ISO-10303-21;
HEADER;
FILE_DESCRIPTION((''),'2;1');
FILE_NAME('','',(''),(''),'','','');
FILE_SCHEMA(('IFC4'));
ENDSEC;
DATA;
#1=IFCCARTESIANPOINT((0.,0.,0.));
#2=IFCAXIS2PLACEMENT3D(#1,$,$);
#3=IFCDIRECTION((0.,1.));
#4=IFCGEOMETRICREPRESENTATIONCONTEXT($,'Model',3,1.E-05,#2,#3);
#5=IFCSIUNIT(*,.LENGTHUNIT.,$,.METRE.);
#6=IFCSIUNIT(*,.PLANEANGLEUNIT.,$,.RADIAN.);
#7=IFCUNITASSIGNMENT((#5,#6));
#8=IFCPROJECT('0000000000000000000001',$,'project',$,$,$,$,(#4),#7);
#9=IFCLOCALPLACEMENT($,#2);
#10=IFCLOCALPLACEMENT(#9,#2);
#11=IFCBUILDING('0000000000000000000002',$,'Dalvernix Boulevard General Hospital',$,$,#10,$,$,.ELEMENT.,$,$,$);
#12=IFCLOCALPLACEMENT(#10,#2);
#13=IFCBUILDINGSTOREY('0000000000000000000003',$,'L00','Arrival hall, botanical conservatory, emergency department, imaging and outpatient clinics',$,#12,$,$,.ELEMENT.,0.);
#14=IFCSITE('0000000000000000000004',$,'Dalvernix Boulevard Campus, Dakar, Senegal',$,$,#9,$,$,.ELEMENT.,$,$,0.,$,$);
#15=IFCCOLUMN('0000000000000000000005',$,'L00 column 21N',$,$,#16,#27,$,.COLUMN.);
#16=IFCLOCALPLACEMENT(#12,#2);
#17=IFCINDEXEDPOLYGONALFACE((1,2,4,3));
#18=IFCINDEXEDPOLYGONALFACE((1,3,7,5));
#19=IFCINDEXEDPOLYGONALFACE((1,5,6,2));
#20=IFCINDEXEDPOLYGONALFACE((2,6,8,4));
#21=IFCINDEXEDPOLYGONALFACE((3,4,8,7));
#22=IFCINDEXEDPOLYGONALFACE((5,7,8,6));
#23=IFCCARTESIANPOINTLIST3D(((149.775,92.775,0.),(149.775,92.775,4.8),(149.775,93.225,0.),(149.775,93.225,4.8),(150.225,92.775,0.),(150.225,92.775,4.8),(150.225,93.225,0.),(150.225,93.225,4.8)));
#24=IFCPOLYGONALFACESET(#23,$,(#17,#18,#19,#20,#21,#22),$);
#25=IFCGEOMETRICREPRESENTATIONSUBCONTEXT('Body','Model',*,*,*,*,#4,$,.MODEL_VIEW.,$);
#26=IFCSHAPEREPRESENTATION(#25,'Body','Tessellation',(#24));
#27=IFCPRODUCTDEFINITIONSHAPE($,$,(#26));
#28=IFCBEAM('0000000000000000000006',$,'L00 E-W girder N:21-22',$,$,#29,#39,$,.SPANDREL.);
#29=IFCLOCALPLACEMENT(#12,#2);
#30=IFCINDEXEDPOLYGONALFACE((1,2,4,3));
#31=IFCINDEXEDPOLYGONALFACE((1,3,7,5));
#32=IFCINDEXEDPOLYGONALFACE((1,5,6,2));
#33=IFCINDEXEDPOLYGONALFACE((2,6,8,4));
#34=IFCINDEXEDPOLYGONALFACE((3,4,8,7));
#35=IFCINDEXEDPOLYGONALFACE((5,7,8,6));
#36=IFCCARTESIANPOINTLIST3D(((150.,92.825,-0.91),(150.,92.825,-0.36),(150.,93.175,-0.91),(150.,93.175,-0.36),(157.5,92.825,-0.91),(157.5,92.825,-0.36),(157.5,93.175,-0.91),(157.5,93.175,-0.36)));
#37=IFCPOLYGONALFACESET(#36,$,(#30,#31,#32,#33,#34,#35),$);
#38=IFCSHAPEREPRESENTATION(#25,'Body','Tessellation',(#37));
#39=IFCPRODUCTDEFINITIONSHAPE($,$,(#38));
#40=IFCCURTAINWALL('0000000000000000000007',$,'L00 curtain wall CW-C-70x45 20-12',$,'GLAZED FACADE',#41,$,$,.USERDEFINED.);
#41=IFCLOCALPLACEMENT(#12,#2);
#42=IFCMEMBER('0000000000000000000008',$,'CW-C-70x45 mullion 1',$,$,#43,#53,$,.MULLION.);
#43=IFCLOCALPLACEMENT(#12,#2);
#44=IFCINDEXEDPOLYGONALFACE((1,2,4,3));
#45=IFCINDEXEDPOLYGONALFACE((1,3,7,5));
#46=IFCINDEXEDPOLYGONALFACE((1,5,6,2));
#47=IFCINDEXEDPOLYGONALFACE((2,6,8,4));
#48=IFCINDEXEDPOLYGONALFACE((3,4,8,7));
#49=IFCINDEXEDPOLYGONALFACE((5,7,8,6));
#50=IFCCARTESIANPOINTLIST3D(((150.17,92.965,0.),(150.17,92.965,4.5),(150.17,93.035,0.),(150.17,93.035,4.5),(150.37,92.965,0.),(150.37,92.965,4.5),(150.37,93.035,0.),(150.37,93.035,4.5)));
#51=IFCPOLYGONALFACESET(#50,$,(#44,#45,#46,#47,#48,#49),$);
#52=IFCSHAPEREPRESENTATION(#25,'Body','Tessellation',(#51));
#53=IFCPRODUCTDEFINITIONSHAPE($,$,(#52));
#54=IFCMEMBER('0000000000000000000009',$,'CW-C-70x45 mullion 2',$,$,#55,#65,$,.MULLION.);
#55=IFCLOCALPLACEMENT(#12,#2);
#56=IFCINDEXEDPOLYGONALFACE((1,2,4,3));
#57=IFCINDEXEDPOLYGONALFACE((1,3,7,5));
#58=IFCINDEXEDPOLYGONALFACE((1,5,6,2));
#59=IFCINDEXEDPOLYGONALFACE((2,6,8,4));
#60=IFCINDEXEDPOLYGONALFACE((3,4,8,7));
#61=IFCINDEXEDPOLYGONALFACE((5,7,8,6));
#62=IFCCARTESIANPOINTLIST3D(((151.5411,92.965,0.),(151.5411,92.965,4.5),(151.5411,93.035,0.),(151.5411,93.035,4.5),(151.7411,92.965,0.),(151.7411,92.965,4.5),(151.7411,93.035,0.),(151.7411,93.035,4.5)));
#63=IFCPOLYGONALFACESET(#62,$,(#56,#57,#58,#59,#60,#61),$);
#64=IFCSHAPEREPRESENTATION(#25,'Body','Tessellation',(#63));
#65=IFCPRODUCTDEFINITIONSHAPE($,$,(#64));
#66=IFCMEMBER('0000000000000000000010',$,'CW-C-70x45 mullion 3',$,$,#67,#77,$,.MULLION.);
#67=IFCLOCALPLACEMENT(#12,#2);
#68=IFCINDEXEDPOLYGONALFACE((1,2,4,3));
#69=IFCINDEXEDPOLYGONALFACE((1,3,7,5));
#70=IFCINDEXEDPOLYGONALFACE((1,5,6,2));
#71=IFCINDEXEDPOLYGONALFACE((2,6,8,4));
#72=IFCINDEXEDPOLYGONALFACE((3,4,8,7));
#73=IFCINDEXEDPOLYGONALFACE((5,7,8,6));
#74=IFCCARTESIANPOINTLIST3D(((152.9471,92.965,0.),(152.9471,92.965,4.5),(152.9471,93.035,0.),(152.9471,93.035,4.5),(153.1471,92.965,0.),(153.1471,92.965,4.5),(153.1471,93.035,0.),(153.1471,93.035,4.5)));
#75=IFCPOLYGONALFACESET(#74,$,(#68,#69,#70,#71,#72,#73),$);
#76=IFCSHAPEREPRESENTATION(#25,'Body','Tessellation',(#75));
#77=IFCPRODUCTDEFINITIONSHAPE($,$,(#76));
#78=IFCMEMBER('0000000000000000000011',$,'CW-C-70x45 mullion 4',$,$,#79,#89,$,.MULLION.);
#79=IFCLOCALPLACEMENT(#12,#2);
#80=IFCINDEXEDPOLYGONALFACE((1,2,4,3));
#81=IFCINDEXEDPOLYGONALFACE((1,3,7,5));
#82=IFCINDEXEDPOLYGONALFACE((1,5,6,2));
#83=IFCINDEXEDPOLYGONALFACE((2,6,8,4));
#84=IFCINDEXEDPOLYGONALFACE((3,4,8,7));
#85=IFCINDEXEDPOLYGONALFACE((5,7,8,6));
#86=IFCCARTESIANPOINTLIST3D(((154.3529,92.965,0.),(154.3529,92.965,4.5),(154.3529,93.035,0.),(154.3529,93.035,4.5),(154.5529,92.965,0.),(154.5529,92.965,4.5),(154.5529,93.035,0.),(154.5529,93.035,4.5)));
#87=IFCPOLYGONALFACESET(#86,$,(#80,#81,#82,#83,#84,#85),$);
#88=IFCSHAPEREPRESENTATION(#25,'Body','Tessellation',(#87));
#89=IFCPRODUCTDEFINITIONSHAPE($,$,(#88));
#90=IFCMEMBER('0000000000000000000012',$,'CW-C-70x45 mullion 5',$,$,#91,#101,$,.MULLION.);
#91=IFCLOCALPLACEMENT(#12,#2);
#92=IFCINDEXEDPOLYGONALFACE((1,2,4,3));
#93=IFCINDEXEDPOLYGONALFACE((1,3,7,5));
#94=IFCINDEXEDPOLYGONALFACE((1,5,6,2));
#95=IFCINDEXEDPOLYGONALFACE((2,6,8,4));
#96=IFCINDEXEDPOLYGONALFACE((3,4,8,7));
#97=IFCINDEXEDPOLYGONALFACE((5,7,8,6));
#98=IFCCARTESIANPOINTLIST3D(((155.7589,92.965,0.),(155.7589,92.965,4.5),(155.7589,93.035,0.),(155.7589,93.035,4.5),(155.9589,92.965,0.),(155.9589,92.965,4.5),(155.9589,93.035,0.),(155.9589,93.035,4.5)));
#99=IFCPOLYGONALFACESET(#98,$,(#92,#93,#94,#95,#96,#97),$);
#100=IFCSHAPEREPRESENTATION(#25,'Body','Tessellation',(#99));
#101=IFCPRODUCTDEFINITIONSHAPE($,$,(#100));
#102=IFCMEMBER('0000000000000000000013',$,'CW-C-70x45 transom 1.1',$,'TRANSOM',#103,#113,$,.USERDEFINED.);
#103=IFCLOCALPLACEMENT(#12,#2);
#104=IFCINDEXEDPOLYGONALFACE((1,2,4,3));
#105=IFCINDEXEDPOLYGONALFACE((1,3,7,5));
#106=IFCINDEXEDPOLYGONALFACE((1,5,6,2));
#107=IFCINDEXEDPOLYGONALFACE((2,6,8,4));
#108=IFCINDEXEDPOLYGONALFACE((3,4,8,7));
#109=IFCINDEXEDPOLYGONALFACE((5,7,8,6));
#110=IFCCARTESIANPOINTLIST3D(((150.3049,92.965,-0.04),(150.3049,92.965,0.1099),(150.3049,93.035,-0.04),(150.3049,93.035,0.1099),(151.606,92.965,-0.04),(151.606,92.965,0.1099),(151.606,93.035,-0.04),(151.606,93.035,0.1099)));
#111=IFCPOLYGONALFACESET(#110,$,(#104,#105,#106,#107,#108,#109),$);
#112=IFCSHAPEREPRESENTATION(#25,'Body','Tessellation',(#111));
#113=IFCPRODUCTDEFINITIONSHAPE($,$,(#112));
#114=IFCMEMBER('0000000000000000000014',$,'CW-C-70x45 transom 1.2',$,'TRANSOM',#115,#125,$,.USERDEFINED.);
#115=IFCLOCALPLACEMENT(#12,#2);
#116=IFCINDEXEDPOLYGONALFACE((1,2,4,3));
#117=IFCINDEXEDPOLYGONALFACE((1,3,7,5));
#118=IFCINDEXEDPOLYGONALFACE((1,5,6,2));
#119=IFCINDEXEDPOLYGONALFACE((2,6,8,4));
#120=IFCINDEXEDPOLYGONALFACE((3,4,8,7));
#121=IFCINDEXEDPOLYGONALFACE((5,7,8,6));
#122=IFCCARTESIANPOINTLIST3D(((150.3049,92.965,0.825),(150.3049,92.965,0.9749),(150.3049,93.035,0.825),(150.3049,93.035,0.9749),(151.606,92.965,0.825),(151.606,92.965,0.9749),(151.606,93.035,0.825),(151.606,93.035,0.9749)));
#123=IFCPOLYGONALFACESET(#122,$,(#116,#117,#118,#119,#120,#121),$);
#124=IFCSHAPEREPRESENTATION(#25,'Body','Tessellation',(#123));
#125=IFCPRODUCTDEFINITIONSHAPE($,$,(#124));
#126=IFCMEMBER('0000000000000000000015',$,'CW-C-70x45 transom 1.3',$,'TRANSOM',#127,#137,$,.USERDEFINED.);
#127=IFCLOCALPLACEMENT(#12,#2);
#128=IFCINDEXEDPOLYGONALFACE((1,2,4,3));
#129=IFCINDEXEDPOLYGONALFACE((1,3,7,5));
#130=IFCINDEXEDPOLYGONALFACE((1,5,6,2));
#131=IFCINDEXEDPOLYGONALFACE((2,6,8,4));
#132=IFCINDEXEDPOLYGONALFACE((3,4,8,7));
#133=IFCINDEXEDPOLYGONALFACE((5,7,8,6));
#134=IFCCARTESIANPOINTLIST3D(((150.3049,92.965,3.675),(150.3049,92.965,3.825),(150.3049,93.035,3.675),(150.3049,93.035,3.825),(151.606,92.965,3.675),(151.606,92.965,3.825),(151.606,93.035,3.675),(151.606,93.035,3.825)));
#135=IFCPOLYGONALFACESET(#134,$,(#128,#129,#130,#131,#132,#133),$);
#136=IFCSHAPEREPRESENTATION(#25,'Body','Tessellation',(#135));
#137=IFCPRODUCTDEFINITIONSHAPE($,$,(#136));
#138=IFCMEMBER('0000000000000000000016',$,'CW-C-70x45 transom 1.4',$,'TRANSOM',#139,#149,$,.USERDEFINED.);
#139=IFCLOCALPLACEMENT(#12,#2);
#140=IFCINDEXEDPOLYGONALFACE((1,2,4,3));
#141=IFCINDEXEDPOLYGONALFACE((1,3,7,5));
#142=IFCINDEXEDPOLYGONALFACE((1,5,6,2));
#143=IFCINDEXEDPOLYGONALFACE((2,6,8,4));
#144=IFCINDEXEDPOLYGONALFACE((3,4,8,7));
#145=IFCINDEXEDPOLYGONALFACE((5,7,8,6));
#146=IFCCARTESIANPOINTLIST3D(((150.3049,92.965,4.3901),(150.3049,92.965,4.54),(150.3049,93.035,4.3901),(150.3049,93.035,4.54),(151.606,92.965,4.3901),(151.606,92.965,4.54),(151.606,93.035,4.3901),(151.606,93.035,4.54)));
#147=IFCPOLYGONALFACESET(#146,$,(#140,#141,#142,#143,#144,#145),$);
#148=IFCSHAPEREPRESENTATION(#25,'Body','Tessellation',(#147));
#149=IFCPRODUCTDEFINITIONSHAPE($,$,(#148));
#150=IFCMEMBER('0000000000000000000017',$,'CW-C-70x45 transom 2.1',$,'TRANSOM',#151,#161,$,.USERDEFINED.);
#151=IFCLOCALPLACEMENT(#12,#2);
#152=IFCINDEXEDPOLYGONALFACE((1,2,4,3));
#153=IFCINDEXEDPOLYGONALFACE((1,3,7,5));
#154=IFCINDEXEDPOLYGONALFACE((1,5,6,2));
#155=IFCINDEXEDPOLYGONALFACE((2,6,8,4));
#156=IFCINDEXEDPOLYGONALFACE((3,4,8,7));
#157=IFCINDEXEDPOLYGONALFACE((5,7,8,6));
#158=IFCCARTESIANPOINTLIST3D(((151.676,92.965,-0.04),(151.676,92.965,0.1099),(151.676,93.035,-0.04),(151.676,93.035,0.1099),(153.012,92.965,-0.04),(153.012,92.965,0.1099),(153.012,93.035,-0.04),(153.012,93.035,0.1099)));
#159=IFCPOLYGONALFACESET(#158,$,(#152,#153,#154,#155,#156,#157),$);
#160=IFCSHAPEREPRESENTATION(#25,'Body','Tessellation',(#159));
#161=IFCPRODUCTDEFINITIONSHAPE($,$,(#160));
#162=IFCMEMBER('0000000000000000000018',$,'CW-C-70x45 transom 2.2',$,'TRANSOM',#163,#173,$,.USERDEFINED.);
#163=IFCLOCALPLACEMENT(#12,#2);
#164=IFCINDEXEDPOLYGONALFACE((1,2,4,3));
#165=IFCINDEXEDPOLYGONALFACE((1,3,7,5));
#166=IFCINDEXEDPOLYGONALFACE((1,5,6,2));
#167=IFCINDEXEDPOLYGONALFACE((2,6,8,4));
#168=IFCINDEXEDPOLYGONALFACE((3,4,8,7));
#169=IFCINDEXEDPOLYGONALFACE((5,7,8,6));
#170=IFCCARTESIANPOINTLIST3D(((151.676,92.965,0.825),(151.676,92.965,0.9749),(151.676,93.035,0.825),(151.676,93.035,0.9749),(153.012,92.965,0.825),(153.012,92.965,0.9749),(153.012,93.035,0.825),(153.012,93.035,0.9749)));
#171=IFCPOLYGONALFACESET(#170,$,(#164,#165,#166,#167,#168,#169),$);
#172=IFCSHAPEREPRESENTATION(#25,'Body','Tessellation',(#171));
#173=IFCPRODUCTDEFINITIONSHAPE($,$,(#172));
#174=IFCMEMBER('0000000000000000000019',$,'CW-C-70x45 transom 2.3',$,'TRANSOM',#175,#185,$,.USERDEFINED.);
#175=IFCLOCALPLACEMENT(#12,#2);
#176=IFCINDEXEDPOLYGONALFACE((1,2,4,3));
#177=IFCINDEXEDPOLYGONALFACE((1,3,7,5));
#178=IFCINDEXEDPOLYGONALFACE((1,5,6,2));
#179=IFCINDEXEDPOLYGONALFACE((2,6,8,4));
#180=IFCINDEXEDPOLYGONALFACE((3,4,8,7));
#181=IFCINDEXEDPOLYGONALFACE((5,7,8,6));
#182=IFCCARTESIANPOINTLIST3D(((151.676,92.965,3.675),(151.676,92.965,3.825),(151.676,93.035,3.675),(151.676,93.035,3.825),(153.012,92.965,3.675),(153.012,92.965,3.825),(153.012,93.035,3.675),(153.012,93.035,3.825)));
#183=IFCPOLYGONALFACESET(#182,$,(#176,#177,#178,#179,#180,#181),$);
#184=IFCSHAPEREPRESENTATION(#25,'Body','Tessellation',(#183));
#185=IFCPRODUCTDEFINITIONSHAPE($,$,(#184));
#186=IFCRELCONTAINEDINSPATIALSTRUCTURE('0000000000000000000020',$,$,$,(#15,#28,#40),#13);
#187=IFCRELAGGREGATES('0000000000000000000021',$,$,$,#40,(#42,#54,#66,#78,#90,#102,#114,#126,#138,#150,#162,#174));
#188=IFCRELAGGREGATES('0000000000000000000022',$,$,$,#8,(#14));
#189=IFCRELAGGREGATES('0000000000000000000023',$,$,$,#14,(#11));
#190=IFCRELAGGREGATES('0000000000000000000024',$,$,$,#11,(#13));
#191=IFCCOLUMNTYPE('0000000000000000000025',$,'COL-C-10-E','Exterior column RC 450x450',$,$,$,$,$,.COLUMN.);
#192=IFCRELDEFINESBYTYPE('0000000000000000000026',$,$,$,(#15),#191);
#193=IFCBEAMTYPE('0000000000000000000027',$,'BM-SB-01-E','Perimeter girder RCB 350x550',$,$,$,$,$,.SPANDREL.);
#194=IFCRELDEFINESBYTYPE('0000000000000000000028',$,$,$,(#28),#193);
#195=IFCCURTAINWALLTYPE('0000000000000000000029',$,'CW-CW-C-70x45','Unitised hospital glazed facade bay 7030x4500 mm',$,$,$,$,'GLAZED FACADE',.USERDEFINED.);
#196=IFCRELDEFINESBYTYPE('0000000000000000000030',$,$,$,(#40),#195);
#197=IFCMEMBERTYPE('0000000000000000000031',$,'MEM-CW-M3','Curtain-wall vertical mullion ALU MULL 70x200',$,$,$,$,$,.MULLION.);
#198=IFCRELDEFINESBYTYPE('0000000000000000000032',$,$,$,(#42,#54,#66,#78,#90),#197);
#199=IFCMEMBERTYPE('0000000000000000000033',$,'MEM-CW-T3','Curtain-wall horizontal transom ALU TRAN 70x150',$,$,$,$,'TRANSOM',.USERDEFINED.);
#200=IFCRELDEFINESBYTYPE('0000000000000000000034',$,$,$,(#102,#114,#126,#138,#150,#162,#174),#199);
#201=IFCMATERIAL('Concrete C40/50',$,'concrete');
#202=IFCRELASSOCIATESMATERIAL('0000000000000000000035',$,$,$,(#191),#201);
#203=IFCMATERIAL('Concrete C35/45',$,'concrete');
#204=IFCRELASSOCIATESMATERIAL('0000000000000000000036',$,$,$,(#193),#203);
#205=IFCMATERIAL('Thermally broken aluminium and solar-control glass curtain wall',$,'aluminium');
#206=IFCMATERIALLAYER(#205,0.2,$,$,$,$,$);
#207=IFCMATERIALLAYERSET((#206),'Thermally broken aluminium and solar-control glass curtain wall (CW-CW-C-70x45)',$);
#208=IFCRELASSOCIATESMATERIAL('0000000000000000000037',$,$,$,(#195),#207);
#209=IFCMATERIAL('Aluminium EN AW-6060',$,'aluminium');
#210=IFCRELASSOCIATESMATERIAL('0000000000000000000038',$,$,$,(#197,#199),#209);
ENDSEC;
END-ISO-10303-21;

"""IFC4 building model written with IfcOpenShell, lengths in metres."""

from ifc_helpers import new_model, si_unit, direction, frame, origin, origin_2d, place, context, subcontext, project, spatial, rectangle, extrude, material, layer, layer_set, material_profile, profile_set, type_object, element, aggregate, save


model = new_model("IFC4")

# Units and contexts
model_context = context("Model", 3, precision=1e-05, world=origin(), true_north=direction((0.0, 1.0)))
body_context = subcontext(model_context, "Body", "Model", "MODEL_VIEW")
ifc_project = project(units=[si_unit("LENGTHUNIT", "METRE"), si_unit("PLANEANGLEUNIT", "RADIAN")], contexts=[model_context])

# Site, building, storey
site_placement = place(None, origin())
site = spatial("IfcSite", under=ifc_project, at=site_placement, Name="Dalvernix Boulevard Campus, Dakar, Senegal", CompositionType="ELEMENT", RefElevation=0.0)
building_placement = place(site_placement, origin())
building = spatial("IfcBuilding", under=site, at=building_placement, Name="Dalvernix Boulevard General Hospital", CompositionType="ELEMENT")
storey_placement = place(building_placement, origin())
storey = spatial("IfcBuildingStorey", under=building, at=storey_placement, Name="L00", Description="Arrival hall, botanical conservatory, emergency department, imaging and outpatient clinics", CompositionType="ELEMENT", Elevation=0.0)

# Column
ifc_material_1 = material(Name="Concrete C40/50", Category="concrete")
ifc_material_profile_1 = material_profile(ifc_material_1, rectangle(XDim=0.45, YDim=0.45, at=origin_2d()), Name="RC 450x450")
ifc_profile_set_1 = profile_set([ifc_material_profile_1], Name="Concrete C40/50")
column_type = type_object("IfcColumnType", Name="COL-C-10-E", Description="Exterior column RC 450x450", PredefinedType="COLUMN", material=ifc_profile_set_1)
column_placement = place(storey_placement, frame((150.0, 93.0, 0.0), z_axis=(0.0, 0.0, 1.0), x_axis=(1.0, 0.0, 0.0)))
element("IfcColumn", 1, at=column_placement, inside=storey, type_object=column_type, Name="L00 column 21N", PredefinedType="COLUMN", context=body_context, shape_type="SweptSolid", body=[
    extrude(rectangle(XDim=0.45, YDim=0.45, at=origin_2d()), origin(), (0.0, 0.0, 1.0), 4.8),
])

# Beam
ifc_material_2 = material(Name="Concrete C35/45", Category="concrete")
ifc_material_profile_2 = material_profile(ifc_material_2, rectangle(XDim=0.3501, YDim=0.55, at=origin_2d()), Name="RCB 350x550")
ifc_profile_set_2 = profile_set([ifc_material_profile_2], Name="Concrete C35/45")
beam_type = type_object("IfcBeamType", Name="BM-SB-01-E", Description="Perimeter girder RCB 350x550", PredefinedType="SPANDREL", material=ifc_profile_set_2)
beam_placement = place(storey_placement, frame((150.0, 93.0, -0.635), z_axis=(1.0, 0.0, 0.0), x_axis=(0.0, 1.0, 0.0)))
element("IfcBeam", 2, at=beam_placement, inside=storey, type_object=beam_type, Name="L00 E-W girder N:21-22", PredefinedType="SPANDREL", context=body_context, shape_type="SweptSolid", body=[
    extrude(rectangle(XDim=0.3501, YDim=0.55, at=origin_2d()), origin(), (0.0, 0.0, 1.0), 7.5),
])

# Curtain wall, members
ifc_material_3 = material(Name="Thermally broken aluminium and solar-control glass curtain wall", Category="aluminium")
ifc_layer_1 = layer(ifc_material_3, 0.2)
ifc_layer_set_1 = layer_set([ifc_layer_1], Name="Thermally broken aluminium and solar-control glass curtain wall (CW-CW-C-70x45)")
curtain_wall_type = type_object("IfcCurtainWallType", Name="CW-CW-C-70x45", Description="Unitised hospital glazed facade bay 7030x4500 mm", ElementType="GLAZED FACADE", PredefinedType="USERDEFINED", material=ifc_layer_set_1)
curtain_wall_placement = place(storey_placement, origin())
curtain_wall = element("IfcCurtainWall", 3, at=curtain_wall_placement, inside=storey, type_object=curtain_wall_type, Name="L00 curtain wall CW-C-70x45 20-12", ObjectType="GLAZED FACADE", PredefinedType="USERDEFINED")
ifc_material_4 = material(Name="Aluminium EN AW-6060", Category="aluminium")
ifc_material_profile_3 = material_profile(ifc_material_4, rectangle(XDim=0.0701, YDim=0.2, at=origin_2d()), Name="ALU MULL 70x200")
ifc_profile_set_3 = profile_set([ifc_material_profile_3], Name="Aluminium EN AW-6060")
member_type_1 = type_object("IfcMemberType", Name="MEM-CW-M3", Description="Curtain-wall vertical mullion ALU MULL 70x200", PredefinedType="MULLION", material=ifc_profile_set_3)
member_1_placement = place(storey_placement, frame((150.27, 93.0, 0.0), z_axis=(0.0, 0.0, 1.0), x_axis=(0.0, 1.0, 0.0)))
member_1 = element("IfcMember", 4, at=member_1_placement, type_object=member_type_1, Name="CW-C-70x45 mullion 1", PredefinedType="MULLION", context=body_context, shape_type="SweptSolid", body=[
    extrude(rectangle(XDim=0.0701, YDim=0.2, at=origin_2d()), origin(), (0.0, 0.0, 1.0), 4.5),
])
member_2_placement = place(storey_placement, frame((151.6411, 93.0, 0.0), z_axis=(0.0, 0.0, 1.0), x_axis=(0.0, 1.0, 0.0)))
member_2 = element("IfcMember", 5, at=member_2_placement, type_object=member_type_1, Name="CW-C-70x45 mullion 2", PredefinedType="MULLION", context=body_context, shape_type="SweptSolid", body=[
    extrude(rectangle(XDim=0.0701, YDim=0.2, at=origin_2d()), origin(), (0.0, 0.0, 1.0), 4.5),
])
member_3_placement = place(storey_placement, frame((153.0471, 93.0, 0.0), z_axis=(0.0, 0.0, 1.0), x_axis=(0.0, 1.0, 0.0)))
member_3 = element("IfcMember", 6, at=member_3_placement, type_object=member_type_1, Name="CW-C-70x45 mullion 3", PredefinedType="MULLION", context=body_context, shape_type="SweptSolid", body=[
    extrude(rectangle(XDim=0.0701, YDim=0.2, at=origin_2d()), origin(), (0.0, 0.0, 1.0), 4.5),
])
member_4_placement = place(storey_placement, frame((154.4529, 93.0, 0.0), z_axis=(0.0, 0.0, 1.0), x_axis=(0.0, 1.0, 0.0)))
member_4 = element("IfcMember", 7, at=member_4_placement, type_object=member_type_1, Name="CW-C-70x45 mullion 4", PredefinedType="MULLION", context=body_context, shape_type="SweptSolid", body=[
    extrude(rectangle(XDim=0.0701, YDim=0.2, at=origin_2d()), origin(), (0.0, 0.0, 1.0), 4.5),
])
member_5_placement = place(storey_placement, frame((155.8589, 93.0, 0.0), z_axis=(0.0, 0.0, 1.0), x_axis=(0.0, 1.0, 0.0)))
member_5 = element("IfcMember", 8, at=member_5_placement, type_object=member_type_1, Name="CW-C-70x45 mullion 5", PredefinedType="MULLION", context=body_context, shape_type="SweptSolid", body=[
    extrude(rectangle(XDim=0.0701, YDim=0.2, at=origin_2d()), origin(), (0.0, 0.0, 1.0), 4.5),
])
ifc_material_profile_4 = material_profile(ifc_material_4, rectangle(XDim=0.0701, YDim=0.1499, at=origin_2d()), Name="ALU TRAN 70x150")
ifc_profile_set_4 = profile_set([ifc_material_profile_4], Name="Aluminium EN AW-6060")
member_type_2 = type_object("IfcMemberType", Name="MEM-CW-T3", Description="Curtain-wall horizontal transom ALU TRAN 70x150", ElementType="TRANSOM", PredefinedType="USERDEFINED", material=ifc_profile_set_4)
member_6_placement = place(storey_placement, frame((150.3049, 93.0, 0.0349), z_axis=(1.0, 0.0, 0.0), x_axis=(0.0, 1.0, 0.0)))
member_6 = element("IfcMember", 9, at=member_6_placement, type_object=member_type_2, Name="CW-C-70x45 transom 1.1", ObjectType="TRANSOM", PredefinedType="USERDEFINED", context=body_context, shape_type="SweptSolid", body=[
    extrude(rectangle(XDim=0.0701, YDim=0.1499, at=origin_2d()), origin(), (0.0, 0.0, 1.0), 1.301),
])
member_7_placement = place(storey_placement, frame((150.3049, 93.0, 0.8999), z_axis=(1.0, 0.0, 0.0), x_axis=(0.0, 1.0, 0.0)))
member_7 = element("IfcMember", 10, at=member_7_placement, type_object=member_type_2, Name="CW-C-70x45 transom 1.2", ObjectType="TRANSOM", PredefinedType="USERDEFINED", context=body_context, shape_type="SweptSolid", body=[
    extrude(rectangle(XDim=0.0701, YDim=0.1499, at=origin_2d()), origin(), (0.0, 0.0, 1.0), 1.301),
])
member_8_placement = place(storey_placement, frame((150.3049, 93.0, 3.75), z_axis=(1.0, 0.0, 0.0), x_axis=(0.0, 1.0, 0.0)))
member_8 = element("IfcMember", 11, at=member_8_placement, type_object=member_type_2, Name="CW-C-70x45 transom 1.3", ObjectType="TRANSOM", PredefinedType="USERDEFINED", context=body_context, shape_type="SweptSolid", body=[
    extrude(rectangle(XDim=0.0701, YDim=0.1499, at=origin_2d()), origin(), (0.0, 0.0, 1.0), 1.301),
])
member_9_placement = place(storey_placement, frame((150.3049, 93.0, 4.4651), z_axis=(1.0, 0.0, 0.0), x_axis=(0.0, 1.0, 0.0)))
member_9 = element("IfcMember", 12, at=member_9_placement, type_object=member_type_2, Name="CW-C-70x45 transom 1.4", ObjectType="TRANSOM", PredefinedType="USERDEFINED", context=body_context, shape_type="SweptSolid", body=[
    extrude(rectangle(XDim=0.0701, YDim=0.1499, at=origin_2d()), origin(), (0.0, 0.0, 1.0), 1.301),
])
member_10_placement = place(storey_placement, frame((151.676, 93.0, 0.0349), z_axis=(1.0, 0.0, 0.0), x_axis=(0.0, 1.0, 0.0)))
member_10 = element("IfcMember", 13, at=member_10_placement, type_object=member_type_2, Name="CW-C-70x45 transom 2.1", ObjectType="TRANSOM", PredefinedType="USERDEFINED", context=body_context, shape_type="SweptSolid", body=[
    extrude(rectangle(XDim=0.0701, YDim=0.1499, at=origin_2d()), origin(), (0.0, 0.0, 1.0), 1.3359),
])
member_11_placement = place(storey_placement, frame((151.676, 93.0, 0.8999), z_axis=(1.0, 0.0, 0.0), x_axis=(0.0, 1.0, 0.0)))
member_11 = element("IfcMember", 14, at=member_11_placement, type_object=member_type_2, Name="CW-C-70x45 transom 2.2", ObjectType="TRANSOM", PredefinedType="USERDEFINED", context=body_context, shape_type="SweptSolid", body=[
    extrude(rectangle(XDim=0.0701, YDim=0.1499, at=origin_2d()), origin(), (0.0, 0.0, 1.0), 1.3359),
])
member_12_placement = place(storey_placement, frame((151.676, 93.0, 3.75), z_axis=(1.0, 0.0, 0.0), x_axis=(0.0, 1.0, 0.0)))
member_12 = element("IfcMember", 15, at=member_12_placement, type_object=member_type_2, Name="CW-C-70x45 transom 2.3", ObjectType="TRANSOM", PredefinedType="USERDEFINED", context=body_context, shape_type="SweptSolid", body=[
    extrude(rectangle(XDim=0.0701, YDim=0.1499, at=origin_2d()), origin(), (0.0, 0.0, 1.0), 1.3359),
])
aggregate(curtain_wall, [member_1, member_2, member_3, member_4, member_5, member_6, member_7, member_8, member_9, member_10, member_11, member_12])

save(model, "model.ifc")
